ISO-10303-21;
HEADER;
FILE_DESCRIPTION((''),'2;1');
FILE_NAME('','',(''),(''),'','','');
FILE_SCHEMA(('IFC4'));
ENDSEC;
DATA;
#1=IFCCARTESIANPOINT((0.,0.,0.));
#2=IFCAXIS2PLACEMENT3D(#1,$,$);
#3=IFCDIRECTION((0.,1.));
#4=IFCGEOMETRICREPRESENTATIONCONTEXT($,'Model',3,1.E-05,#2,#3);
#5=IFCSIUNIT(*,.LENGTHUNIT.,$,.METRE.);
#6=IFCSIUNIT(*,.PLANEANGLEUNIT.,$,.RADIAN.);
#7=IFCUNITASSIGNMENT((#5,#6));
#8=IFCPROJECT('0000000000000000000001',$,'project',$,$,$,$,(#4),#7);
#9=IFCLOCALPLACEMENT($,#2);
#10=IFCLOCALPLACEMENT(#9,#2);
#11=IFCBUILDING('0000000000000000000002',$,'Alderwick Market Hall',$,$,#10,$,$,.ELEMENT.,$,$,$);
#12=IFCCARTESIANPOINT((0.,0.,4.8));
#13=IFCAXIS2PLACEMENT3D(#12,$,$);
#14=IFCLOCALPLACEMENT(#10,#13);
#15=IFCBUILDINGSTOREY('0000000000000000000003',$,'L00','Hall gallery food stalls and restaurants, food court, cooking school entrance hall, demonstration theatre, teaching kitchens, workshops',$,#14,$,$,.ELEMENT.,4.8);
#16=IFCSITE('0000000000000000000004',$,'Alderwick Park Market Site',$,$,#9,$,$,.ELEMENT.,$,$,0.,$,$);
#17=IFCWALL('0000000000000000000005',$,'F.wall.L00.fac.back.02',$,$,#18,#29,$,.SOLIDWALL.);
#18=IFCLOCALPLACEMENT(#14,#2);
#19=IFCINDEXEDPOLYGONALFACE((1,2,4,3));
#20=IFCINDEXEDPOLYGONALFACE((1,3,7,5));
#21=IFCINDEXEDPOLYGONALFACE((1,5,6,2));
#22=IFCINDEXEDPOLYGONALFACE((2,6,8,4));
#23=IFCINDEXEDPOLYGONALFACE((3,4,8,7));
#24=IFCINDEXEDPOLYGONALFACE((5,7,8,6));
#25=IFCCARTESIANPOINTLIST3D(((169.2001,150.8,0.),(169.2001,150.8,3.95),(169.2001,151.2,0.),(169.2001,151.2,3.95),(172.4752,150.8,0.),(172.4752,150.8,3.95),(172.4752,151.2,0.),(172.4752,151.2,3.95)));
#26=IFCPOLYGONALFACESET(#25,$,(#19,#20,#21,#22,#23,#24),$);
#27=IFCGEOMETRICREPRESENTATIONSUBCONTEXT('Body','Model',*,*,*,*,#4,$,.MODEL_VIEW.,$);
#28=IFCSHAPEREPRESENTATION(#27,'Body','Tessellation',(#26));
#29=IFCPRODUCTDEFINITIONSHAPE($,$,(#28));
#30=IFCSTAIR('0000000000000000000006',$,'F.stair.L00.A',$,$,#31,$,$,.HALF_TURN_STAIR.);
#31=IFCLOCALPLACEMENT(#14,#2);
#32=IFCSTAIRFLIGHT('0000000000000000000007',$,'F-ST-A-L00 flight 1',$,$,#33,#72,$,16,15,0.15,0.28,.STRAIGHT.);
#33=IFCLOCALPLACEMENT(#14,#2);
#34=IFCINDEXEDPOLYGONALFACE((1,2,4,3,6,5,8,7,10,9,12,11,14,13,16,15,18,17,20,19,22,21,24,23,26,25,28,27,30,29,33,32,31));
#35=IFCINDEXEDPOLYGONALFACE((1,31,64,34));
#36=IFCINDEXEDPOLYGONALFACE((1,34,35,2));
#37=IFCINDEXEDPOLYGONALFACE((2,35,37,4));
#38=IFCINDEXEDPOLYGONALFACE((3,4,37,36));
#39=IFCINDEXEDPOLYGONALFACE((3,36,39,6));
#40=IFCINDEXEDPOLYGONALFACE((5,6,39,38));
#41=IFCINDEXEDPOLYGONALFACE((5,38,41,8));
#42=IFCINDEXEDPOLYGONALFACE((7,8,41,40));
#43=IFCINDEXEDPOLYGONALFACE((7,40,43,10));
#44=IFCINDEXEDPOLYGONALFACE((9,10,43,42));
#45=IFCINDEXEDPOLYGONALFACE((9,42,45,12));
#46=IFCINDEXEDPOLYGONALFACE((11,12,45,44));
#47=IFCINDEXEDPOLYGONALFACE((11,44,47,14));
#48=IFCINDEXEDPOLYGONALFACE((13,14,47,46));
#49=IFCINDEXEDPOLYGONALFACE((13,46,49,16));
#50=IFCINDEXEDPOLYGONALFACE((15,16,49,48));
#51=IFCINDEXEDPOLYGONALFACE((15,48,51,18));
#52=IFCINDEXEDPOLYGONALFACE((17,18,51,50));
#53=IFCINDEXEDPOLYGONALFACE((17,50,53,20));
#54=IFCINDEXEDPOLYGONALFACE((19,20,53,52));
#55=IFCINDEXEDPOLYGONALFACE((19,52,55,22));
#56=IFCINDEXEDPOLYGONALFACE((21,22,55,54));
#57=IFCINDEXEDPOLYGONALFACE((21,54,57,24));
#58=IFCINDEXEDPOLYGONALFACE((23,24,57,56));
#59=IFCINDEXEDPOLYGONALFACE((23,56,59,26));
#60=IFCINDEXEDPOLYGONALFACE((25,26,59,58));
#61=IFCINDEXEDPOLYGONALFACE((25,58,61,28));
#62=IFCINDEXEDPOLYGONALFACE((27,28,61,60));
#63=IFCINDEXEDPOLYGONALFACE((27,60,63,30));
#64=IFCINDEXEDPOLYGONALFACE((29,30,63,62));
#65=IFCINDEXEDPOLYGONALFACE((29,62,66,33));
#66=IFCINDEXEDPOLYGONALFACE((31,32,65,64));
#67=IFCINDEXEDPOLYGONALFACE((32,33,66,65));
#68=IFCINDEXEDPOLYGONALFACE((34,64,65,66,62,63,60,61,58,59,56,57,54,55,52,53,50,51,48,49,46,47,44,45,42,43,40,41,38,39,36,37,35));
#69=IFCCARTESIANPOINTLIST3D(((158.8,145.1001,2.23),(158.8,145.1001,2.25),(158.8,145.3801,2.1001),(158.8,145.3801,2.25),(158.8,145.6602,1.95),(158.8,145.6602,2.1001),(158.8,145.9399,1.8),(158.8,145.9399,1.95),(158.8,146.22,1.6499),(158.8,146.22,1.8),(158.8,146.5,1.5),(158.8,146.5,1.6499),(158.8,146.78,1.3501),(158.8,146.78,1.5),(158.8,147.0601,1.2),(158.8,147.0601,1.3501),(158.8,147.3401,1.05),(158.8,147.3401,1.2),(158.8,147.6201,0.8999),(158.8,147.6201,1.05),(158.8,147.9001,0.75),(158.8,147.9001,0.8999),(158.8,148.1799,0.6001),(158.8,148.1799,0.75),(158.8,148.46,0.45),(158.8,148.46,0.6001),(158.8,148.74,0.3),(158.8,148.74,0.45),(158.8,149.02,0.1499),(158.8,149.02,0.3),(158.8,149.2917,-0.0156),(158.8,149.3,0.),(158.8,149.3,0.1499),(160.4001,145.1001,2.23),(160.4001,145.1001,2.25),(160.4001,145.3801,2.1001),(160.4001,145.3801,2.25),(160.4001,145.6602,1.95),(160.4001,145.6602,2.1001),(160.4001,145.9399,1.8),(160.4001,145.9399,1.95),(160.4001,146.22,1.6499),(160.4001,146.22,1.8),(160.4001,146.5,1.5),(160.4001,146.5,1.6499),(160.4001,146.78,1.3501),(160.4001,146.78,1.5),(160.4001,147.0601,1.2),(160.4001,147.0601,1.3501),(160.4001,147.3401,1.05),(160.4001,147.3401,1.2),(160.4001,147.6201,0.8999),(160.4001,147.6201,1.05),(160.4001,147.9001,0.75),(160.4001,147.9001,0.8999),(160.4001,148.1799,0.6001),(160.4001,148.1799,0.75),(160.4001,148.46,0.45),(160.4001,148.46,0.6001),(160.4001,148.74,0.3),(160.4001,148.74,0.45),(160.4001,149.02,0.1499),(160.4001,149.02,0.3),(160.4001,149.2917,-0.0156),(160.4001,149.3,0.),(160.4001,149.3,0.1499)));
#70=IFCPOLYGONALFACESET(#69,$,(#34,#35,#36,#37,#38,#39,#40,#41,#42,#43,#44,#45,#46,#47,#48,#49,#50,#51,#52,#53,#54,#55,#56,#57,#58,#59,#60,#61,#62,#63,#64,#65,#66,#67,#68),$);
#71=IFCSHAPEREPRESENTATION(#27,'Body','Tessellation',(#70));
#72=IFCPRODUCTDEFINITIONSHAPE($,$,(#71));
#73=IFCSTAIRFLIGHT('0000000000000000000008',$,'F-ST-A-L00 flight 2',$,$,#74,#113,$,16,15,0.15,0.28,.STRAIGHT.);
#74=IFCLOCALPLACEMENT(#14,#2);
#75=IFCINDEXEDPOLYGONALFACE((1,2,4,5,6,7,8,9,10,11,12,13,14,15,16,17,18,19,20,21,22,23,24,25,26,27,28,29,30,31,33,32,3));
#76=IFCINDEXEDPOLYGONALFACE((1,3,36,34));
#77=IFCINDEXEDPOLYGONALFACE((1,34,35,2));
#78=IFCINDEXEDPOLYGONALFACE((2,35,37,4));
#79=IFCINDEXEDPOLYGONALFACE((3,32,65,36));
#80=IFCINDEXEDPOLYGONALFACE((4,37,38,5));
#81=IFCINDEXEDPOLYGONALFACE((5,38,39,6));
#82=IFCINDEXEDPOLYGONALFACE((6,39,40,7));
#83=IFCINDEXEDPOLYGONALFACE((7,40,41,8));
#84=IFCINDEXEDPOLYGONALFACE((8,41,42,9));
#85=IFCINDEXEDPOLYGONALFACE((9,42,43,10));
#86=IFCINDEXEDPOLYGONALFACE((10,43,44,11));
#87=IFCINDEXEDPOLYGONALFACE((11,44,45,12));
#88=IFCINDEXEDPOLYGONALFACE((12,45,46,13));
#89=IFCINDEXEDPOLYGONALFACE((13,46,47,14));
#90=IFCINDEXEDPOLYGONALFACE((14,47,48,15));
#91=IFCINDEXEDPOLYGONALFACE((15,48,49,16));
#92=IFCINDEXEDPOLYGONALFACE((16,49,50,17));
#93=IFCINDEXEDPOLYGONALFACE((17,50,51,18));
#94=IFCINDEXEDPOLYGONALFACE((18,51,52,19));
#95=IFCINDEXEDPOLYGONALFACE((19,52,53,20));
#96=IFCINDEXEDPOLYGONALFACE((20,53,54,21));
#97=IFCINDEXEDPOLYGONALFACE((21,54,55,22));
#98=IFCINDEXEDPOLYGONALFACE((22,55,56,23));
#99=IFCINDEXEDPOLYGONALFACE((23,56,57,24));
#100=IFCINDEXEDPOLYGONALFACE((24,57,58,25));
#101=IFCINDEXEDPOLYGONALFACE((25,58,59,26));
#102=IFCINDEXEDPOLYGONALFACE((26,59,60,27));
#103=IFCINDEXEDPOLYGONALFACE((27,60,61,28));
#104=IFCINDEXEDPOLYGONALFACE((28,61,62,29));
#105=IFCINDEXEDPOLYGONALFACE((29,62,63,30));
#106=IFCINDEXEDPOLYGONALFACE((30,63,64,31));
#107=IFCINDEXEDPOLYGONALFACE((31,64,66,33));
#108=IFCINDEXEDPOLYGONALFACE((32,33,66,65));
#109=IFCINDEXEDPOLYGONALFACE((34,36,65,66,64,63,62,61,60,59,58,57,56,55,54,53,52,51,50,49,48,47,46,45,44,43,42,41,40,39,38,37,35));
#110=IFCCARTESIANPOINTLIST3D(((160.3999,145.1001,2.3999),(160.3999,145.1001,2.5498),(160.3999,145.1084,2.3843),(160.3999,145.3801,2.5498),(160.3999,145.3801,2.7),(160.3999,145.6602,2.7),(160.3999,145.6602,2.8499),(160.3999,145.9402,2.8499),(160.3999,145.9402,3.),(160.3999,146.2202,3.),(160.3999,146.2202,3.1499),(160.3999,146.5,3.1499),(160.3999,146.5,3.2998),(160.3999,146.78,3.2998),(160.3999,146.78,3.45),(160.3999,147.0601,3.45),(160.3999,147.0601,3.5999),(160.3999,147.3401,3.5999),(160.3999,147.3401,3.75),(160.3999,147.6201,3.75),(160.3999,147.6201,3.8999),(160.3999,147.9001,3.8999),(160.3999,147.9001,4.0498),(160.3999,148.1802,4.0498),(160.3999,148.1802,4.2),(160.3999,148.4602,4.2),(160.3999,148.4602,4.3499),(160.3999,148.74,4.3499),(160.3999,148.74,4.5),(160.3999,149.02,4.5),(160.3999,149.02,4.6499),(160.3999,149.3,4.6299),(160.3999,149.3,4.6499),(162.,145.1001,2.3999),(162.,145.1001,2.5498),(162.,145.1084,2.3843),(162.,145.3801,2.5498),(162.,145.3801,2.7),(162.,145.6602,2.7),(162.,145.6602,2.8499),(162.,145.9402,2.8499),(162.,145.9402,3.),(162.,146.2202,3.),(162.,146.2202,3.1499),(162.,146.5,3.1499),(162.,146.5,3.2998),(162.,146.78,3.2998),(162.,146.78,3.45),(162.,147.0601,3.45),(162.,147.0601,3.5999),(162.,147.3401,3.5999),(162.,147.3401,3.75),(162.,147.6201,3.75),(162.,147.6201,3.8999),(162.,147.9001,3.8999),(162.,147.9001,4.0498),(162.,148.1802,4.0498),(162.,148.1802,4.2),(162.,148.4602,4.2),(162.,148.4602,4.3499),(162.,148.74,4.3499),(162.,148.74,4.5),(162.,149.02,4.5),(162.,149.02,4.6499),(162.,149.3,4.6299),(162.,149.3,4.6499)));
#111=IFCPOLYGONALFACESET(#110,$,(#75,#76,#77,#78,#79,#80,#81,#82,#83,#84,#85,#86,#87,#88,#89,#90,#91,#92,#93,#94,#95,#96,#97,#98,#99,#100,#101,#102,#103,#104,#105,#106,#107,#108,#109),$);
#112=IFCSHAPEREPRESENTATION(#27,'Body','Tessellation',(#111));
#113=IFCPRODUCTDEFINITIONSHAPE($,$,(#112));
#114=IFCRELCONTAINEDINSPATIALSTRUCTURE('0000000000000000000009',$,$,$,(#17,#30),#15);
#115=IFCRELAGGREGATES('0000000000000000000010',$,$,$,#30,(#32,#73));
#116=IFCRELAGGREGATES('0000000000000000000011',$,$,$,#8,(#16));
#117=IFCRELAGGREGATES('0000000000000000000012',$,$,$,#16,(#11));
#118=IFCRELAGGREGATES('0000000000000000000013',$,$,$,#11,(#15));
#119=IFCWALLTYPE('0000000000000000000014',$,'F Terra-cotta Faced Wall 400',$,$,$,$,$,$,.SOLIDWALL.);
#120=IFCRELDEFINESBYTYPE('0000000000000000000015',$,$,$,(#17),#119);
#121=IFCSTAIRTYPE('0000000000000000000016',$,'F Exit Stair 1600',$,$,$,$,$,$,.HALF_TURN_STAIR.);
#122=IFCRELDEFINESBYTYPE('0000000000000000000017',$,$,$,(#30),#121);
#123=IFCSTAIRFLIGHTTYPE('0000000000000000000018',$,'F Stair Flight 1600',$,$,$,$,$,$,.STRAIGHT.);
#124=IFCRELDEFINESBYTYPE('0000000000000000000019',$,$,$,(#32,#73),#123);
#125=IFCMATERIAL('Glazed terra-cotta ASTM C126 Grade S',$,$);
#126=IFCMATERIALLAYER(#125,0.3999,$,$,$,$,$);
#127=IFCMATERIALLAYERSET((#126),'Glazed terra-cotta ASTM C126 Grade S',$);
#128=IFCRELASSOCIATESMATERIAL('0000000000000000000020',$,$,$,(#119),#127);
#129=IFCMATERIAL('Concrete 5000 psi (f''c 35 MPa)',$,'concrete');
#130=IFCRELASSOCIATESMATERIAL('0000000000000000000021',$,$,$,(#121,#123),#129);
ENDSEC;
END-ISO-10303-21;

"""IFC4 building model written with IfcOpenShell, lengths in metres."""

from ifc_helpers import new_model, si_unit, direction, frame, frame_2d, origin, place, context, subcontext, project, spatial, polyline, rectangle, outline, extrude, material, layer, layer_set, type_object, element, aggregate, save


model = new_model("IFC4")

# Units and contexts
model_context = context("Model", 3, precision=1e-05, world=origin(), true_north=direction((0.0, 1.0)))
body_context = subcontext(model_context, "Body", "Model", "MODEL_VIEW")
ifc_project = project(units=[si_unit("LENGTHUNIT", "METRE"), si_unit("PLANEANGLEUNIT", "RADIAN")], contexts=[model_context])

# Site, building, storey
site_placement = place(None, origin())
site = spatial("IfcSite", under=ifc_project, at=site_placement, Name="Alderwick Park Market Site", CompositionType="ELEMENT", RefElevation=0.0)
building_placement = place(site_placement, origin())
building = spatial("IfcBuilding", under=site, at=building_placement, Name="Alderwick Market Hall", CompositionType="ELEMENT")
storey_placement = place(building_placement, frame((0.0, 0.0, 4.8)))
storey = spatial("IfcBuildingStorey", under=building, at=storey_placement, Name="L00", Description="Hall gallery food stalls and restaurants, food court, cooking school entrance hall, demonstration theatre, teaching kitchens, workshops", CompositionType="ELEMENT", Elevation=4.8)

# Shared definitions
ifc_material_1 = material(Name="Concrete 5000 psi (f'c 35 MPa)", Category="concrete")

# Wall
ifc_material_2 = material(Name="Glazed terra-cotta ASTM C126 Grade S")
ifc_layer_1 = layer(ifc_material_2, 0.3999)
ifc_layer_set_1 = layer_set([ifc_layer_1], Name="Glazed terra-cotta ASTM C126 Grade S")
wall_type_1 = type_object("IfcWallType", Name="F Terra-cotta Faced Wall 400", PredefinedType="SOLIDWALL", material=ifc_layer_set_1)
wall_1_placement = place(storey_placement, frame((169.2, 151.0, 0.0), z_axis=(0.0, 0.0, 1.0), x_axis=(1.0, 0.0, 0.0)))
element("IfcWall", 1, at=wall_1_placement, inside=storey, type_object=wall_type_1, Name="F.wall.L00.fac.back.02", PredefinedType="SOLIDWALL", context=body_context, shape_type="SweptSolid", body=[
    extrude(rectangle(XDim=3.2751, YDim=0.3999, at=frame_2d((1.6377, 0.0))), origin(), (0.0, 0.0, 1.0), 3.95),
])

# Stair, stair flights
stair_type = type_object("IfcStairType", Name="F Exit Stair 1600", PredefinedType="HALF_TURN_STAIR", material=ifc_material_1)
stair_placement = place(storey_placement, origin())
stair = element("IfcStair", 2, at=stair_placement, inside=storey, type_object=stair_type, Name="F.stair.L00.A", PredefinedType="HALF_TURN_STAIR")
stair_flight_type = type_object("IfcStairFlightType", Name="F Stair Flight 1600", PredefinedType="STRAIGHT", material=ifc_material_1)
stair_flight_1_placement = place(storey_placement, frame((159.6001, 149.3, 0.0), z_axis=(0.0, 0.0, 1.0), x_axis=(0.0, -1.0, 0.0)))
stair_flight_1 = element("IfcStairFlight", 3, at=stair_flight_1_placement, type_object=stair_flight_type, Name="F-ST-A-L00 flight 1", NumberOfRisers=16, NumberOfTreads=15, PredefinedType="STRAIGHT", RiserHeight=0.15, TreadLength=0.28, context=body_context, shape_type="SweptSolid", body=[
    extrude(outline(polyline([(0.0083, -0.0156), (0.0, 0.0), (0.0, 0.1499), (0.28, 0.1499), (0.28, 0.3), (0.5601, 0.3), (0.5601, 0.45), (0.8401, 0.45), (0.8401, 0.6001), (1.1201, 0.6001), (1.1201, 0.75), (1.3999, 0.75), (1.3999, 0.8999), (1.6799, 0.8999), (1.6799, 1.05), (1.96, 1.05), (1.96, 1.2), (2.24, 1.2), (2.24, 1.3501), (2.52, 1.3501), (2.52, 1.5), (2.8, 1.5), (2.8, 1.6499), (3.0801, 1.6499), (3.0801, 1.8), (3.3601, 1.8), (3.3601, 1.95), (3.6399, 1.95), (3.6399, 2.1001), (3.9199, 2.1001), (3.9199, 2.25), (4.2, 2.25), (4.2, 2.23), (0.0083, -0.0156)])), frame((0.0, 0.8, 0.0), z_axis=(0.0, -1.0, 0.0), x_axis=(1.0, 0.0, 0.0)), (0.0, 0.0, 1.0), 1.6001),
])
stair_flight_2_placement = place(storey_placement, frame((161.2, 145.1001, 2.3999), z_axis=(0.0, 0.0, 1.0), x_axis=(0.0, 1.0, 0.0)))
stair_flight_2 = element("IfcStairFlight", 4, at=stair_flight_2_placement, type_object=stair_flight_type, Name="F-ST-A-L00 flight 2", NumberOfRisers=16, NumberOfTreads=15, PredefinedType="STRAIGHT", RiserHeight=0.15, TreadLength=0.28, context=body_context, shape_type="SweptSolid", body=[
    extrude(outline(polyline([(0.0083, -0.0156), (0.0, 0.0), (0.0, 0.1499), (0.28, 0.1499), (0.28, 0.3), (0.5601, 0.3), (0.5601, 0.45), (0.8401, 0.45), (0.8401, 0.6001), (1.1201, 0.6001), (1.1201, 0.75), (1.3999, 0.75), (1.3999, 0.8999), (1.6799, 0.8999), (1.6799, 1.05), (1.96, 1.05), (1.96, 1.2), (2.24, 1.2), (2.24, 1.3501), (2.52, 1.3501), (2.52, 1.5), (2.8, 1.5), (2.8, 1.6499), (3.0801, 1.6499), (3.0801, 1.8), (3.3601, 1.8), (3.3601, 1.95), (3.6399, 1.95), (3.6399, 2.1001), (3.9199, 2.1001), (3.9199, 2.25), (4.2, 2.25), (4.2, 2.23), (0.0083, -0.0156)])), frame((0.0, 0.8, 0.0), z_axis=(0.0, -1.0, 0.0), x_axis=(1.0, 0.0, 0.0)), (0.0, 0.0, 1.0), 1.6001),
])
aggregate(stair, [stair_flight_1, stair_flight_2])

save(model, "model.ifc")
